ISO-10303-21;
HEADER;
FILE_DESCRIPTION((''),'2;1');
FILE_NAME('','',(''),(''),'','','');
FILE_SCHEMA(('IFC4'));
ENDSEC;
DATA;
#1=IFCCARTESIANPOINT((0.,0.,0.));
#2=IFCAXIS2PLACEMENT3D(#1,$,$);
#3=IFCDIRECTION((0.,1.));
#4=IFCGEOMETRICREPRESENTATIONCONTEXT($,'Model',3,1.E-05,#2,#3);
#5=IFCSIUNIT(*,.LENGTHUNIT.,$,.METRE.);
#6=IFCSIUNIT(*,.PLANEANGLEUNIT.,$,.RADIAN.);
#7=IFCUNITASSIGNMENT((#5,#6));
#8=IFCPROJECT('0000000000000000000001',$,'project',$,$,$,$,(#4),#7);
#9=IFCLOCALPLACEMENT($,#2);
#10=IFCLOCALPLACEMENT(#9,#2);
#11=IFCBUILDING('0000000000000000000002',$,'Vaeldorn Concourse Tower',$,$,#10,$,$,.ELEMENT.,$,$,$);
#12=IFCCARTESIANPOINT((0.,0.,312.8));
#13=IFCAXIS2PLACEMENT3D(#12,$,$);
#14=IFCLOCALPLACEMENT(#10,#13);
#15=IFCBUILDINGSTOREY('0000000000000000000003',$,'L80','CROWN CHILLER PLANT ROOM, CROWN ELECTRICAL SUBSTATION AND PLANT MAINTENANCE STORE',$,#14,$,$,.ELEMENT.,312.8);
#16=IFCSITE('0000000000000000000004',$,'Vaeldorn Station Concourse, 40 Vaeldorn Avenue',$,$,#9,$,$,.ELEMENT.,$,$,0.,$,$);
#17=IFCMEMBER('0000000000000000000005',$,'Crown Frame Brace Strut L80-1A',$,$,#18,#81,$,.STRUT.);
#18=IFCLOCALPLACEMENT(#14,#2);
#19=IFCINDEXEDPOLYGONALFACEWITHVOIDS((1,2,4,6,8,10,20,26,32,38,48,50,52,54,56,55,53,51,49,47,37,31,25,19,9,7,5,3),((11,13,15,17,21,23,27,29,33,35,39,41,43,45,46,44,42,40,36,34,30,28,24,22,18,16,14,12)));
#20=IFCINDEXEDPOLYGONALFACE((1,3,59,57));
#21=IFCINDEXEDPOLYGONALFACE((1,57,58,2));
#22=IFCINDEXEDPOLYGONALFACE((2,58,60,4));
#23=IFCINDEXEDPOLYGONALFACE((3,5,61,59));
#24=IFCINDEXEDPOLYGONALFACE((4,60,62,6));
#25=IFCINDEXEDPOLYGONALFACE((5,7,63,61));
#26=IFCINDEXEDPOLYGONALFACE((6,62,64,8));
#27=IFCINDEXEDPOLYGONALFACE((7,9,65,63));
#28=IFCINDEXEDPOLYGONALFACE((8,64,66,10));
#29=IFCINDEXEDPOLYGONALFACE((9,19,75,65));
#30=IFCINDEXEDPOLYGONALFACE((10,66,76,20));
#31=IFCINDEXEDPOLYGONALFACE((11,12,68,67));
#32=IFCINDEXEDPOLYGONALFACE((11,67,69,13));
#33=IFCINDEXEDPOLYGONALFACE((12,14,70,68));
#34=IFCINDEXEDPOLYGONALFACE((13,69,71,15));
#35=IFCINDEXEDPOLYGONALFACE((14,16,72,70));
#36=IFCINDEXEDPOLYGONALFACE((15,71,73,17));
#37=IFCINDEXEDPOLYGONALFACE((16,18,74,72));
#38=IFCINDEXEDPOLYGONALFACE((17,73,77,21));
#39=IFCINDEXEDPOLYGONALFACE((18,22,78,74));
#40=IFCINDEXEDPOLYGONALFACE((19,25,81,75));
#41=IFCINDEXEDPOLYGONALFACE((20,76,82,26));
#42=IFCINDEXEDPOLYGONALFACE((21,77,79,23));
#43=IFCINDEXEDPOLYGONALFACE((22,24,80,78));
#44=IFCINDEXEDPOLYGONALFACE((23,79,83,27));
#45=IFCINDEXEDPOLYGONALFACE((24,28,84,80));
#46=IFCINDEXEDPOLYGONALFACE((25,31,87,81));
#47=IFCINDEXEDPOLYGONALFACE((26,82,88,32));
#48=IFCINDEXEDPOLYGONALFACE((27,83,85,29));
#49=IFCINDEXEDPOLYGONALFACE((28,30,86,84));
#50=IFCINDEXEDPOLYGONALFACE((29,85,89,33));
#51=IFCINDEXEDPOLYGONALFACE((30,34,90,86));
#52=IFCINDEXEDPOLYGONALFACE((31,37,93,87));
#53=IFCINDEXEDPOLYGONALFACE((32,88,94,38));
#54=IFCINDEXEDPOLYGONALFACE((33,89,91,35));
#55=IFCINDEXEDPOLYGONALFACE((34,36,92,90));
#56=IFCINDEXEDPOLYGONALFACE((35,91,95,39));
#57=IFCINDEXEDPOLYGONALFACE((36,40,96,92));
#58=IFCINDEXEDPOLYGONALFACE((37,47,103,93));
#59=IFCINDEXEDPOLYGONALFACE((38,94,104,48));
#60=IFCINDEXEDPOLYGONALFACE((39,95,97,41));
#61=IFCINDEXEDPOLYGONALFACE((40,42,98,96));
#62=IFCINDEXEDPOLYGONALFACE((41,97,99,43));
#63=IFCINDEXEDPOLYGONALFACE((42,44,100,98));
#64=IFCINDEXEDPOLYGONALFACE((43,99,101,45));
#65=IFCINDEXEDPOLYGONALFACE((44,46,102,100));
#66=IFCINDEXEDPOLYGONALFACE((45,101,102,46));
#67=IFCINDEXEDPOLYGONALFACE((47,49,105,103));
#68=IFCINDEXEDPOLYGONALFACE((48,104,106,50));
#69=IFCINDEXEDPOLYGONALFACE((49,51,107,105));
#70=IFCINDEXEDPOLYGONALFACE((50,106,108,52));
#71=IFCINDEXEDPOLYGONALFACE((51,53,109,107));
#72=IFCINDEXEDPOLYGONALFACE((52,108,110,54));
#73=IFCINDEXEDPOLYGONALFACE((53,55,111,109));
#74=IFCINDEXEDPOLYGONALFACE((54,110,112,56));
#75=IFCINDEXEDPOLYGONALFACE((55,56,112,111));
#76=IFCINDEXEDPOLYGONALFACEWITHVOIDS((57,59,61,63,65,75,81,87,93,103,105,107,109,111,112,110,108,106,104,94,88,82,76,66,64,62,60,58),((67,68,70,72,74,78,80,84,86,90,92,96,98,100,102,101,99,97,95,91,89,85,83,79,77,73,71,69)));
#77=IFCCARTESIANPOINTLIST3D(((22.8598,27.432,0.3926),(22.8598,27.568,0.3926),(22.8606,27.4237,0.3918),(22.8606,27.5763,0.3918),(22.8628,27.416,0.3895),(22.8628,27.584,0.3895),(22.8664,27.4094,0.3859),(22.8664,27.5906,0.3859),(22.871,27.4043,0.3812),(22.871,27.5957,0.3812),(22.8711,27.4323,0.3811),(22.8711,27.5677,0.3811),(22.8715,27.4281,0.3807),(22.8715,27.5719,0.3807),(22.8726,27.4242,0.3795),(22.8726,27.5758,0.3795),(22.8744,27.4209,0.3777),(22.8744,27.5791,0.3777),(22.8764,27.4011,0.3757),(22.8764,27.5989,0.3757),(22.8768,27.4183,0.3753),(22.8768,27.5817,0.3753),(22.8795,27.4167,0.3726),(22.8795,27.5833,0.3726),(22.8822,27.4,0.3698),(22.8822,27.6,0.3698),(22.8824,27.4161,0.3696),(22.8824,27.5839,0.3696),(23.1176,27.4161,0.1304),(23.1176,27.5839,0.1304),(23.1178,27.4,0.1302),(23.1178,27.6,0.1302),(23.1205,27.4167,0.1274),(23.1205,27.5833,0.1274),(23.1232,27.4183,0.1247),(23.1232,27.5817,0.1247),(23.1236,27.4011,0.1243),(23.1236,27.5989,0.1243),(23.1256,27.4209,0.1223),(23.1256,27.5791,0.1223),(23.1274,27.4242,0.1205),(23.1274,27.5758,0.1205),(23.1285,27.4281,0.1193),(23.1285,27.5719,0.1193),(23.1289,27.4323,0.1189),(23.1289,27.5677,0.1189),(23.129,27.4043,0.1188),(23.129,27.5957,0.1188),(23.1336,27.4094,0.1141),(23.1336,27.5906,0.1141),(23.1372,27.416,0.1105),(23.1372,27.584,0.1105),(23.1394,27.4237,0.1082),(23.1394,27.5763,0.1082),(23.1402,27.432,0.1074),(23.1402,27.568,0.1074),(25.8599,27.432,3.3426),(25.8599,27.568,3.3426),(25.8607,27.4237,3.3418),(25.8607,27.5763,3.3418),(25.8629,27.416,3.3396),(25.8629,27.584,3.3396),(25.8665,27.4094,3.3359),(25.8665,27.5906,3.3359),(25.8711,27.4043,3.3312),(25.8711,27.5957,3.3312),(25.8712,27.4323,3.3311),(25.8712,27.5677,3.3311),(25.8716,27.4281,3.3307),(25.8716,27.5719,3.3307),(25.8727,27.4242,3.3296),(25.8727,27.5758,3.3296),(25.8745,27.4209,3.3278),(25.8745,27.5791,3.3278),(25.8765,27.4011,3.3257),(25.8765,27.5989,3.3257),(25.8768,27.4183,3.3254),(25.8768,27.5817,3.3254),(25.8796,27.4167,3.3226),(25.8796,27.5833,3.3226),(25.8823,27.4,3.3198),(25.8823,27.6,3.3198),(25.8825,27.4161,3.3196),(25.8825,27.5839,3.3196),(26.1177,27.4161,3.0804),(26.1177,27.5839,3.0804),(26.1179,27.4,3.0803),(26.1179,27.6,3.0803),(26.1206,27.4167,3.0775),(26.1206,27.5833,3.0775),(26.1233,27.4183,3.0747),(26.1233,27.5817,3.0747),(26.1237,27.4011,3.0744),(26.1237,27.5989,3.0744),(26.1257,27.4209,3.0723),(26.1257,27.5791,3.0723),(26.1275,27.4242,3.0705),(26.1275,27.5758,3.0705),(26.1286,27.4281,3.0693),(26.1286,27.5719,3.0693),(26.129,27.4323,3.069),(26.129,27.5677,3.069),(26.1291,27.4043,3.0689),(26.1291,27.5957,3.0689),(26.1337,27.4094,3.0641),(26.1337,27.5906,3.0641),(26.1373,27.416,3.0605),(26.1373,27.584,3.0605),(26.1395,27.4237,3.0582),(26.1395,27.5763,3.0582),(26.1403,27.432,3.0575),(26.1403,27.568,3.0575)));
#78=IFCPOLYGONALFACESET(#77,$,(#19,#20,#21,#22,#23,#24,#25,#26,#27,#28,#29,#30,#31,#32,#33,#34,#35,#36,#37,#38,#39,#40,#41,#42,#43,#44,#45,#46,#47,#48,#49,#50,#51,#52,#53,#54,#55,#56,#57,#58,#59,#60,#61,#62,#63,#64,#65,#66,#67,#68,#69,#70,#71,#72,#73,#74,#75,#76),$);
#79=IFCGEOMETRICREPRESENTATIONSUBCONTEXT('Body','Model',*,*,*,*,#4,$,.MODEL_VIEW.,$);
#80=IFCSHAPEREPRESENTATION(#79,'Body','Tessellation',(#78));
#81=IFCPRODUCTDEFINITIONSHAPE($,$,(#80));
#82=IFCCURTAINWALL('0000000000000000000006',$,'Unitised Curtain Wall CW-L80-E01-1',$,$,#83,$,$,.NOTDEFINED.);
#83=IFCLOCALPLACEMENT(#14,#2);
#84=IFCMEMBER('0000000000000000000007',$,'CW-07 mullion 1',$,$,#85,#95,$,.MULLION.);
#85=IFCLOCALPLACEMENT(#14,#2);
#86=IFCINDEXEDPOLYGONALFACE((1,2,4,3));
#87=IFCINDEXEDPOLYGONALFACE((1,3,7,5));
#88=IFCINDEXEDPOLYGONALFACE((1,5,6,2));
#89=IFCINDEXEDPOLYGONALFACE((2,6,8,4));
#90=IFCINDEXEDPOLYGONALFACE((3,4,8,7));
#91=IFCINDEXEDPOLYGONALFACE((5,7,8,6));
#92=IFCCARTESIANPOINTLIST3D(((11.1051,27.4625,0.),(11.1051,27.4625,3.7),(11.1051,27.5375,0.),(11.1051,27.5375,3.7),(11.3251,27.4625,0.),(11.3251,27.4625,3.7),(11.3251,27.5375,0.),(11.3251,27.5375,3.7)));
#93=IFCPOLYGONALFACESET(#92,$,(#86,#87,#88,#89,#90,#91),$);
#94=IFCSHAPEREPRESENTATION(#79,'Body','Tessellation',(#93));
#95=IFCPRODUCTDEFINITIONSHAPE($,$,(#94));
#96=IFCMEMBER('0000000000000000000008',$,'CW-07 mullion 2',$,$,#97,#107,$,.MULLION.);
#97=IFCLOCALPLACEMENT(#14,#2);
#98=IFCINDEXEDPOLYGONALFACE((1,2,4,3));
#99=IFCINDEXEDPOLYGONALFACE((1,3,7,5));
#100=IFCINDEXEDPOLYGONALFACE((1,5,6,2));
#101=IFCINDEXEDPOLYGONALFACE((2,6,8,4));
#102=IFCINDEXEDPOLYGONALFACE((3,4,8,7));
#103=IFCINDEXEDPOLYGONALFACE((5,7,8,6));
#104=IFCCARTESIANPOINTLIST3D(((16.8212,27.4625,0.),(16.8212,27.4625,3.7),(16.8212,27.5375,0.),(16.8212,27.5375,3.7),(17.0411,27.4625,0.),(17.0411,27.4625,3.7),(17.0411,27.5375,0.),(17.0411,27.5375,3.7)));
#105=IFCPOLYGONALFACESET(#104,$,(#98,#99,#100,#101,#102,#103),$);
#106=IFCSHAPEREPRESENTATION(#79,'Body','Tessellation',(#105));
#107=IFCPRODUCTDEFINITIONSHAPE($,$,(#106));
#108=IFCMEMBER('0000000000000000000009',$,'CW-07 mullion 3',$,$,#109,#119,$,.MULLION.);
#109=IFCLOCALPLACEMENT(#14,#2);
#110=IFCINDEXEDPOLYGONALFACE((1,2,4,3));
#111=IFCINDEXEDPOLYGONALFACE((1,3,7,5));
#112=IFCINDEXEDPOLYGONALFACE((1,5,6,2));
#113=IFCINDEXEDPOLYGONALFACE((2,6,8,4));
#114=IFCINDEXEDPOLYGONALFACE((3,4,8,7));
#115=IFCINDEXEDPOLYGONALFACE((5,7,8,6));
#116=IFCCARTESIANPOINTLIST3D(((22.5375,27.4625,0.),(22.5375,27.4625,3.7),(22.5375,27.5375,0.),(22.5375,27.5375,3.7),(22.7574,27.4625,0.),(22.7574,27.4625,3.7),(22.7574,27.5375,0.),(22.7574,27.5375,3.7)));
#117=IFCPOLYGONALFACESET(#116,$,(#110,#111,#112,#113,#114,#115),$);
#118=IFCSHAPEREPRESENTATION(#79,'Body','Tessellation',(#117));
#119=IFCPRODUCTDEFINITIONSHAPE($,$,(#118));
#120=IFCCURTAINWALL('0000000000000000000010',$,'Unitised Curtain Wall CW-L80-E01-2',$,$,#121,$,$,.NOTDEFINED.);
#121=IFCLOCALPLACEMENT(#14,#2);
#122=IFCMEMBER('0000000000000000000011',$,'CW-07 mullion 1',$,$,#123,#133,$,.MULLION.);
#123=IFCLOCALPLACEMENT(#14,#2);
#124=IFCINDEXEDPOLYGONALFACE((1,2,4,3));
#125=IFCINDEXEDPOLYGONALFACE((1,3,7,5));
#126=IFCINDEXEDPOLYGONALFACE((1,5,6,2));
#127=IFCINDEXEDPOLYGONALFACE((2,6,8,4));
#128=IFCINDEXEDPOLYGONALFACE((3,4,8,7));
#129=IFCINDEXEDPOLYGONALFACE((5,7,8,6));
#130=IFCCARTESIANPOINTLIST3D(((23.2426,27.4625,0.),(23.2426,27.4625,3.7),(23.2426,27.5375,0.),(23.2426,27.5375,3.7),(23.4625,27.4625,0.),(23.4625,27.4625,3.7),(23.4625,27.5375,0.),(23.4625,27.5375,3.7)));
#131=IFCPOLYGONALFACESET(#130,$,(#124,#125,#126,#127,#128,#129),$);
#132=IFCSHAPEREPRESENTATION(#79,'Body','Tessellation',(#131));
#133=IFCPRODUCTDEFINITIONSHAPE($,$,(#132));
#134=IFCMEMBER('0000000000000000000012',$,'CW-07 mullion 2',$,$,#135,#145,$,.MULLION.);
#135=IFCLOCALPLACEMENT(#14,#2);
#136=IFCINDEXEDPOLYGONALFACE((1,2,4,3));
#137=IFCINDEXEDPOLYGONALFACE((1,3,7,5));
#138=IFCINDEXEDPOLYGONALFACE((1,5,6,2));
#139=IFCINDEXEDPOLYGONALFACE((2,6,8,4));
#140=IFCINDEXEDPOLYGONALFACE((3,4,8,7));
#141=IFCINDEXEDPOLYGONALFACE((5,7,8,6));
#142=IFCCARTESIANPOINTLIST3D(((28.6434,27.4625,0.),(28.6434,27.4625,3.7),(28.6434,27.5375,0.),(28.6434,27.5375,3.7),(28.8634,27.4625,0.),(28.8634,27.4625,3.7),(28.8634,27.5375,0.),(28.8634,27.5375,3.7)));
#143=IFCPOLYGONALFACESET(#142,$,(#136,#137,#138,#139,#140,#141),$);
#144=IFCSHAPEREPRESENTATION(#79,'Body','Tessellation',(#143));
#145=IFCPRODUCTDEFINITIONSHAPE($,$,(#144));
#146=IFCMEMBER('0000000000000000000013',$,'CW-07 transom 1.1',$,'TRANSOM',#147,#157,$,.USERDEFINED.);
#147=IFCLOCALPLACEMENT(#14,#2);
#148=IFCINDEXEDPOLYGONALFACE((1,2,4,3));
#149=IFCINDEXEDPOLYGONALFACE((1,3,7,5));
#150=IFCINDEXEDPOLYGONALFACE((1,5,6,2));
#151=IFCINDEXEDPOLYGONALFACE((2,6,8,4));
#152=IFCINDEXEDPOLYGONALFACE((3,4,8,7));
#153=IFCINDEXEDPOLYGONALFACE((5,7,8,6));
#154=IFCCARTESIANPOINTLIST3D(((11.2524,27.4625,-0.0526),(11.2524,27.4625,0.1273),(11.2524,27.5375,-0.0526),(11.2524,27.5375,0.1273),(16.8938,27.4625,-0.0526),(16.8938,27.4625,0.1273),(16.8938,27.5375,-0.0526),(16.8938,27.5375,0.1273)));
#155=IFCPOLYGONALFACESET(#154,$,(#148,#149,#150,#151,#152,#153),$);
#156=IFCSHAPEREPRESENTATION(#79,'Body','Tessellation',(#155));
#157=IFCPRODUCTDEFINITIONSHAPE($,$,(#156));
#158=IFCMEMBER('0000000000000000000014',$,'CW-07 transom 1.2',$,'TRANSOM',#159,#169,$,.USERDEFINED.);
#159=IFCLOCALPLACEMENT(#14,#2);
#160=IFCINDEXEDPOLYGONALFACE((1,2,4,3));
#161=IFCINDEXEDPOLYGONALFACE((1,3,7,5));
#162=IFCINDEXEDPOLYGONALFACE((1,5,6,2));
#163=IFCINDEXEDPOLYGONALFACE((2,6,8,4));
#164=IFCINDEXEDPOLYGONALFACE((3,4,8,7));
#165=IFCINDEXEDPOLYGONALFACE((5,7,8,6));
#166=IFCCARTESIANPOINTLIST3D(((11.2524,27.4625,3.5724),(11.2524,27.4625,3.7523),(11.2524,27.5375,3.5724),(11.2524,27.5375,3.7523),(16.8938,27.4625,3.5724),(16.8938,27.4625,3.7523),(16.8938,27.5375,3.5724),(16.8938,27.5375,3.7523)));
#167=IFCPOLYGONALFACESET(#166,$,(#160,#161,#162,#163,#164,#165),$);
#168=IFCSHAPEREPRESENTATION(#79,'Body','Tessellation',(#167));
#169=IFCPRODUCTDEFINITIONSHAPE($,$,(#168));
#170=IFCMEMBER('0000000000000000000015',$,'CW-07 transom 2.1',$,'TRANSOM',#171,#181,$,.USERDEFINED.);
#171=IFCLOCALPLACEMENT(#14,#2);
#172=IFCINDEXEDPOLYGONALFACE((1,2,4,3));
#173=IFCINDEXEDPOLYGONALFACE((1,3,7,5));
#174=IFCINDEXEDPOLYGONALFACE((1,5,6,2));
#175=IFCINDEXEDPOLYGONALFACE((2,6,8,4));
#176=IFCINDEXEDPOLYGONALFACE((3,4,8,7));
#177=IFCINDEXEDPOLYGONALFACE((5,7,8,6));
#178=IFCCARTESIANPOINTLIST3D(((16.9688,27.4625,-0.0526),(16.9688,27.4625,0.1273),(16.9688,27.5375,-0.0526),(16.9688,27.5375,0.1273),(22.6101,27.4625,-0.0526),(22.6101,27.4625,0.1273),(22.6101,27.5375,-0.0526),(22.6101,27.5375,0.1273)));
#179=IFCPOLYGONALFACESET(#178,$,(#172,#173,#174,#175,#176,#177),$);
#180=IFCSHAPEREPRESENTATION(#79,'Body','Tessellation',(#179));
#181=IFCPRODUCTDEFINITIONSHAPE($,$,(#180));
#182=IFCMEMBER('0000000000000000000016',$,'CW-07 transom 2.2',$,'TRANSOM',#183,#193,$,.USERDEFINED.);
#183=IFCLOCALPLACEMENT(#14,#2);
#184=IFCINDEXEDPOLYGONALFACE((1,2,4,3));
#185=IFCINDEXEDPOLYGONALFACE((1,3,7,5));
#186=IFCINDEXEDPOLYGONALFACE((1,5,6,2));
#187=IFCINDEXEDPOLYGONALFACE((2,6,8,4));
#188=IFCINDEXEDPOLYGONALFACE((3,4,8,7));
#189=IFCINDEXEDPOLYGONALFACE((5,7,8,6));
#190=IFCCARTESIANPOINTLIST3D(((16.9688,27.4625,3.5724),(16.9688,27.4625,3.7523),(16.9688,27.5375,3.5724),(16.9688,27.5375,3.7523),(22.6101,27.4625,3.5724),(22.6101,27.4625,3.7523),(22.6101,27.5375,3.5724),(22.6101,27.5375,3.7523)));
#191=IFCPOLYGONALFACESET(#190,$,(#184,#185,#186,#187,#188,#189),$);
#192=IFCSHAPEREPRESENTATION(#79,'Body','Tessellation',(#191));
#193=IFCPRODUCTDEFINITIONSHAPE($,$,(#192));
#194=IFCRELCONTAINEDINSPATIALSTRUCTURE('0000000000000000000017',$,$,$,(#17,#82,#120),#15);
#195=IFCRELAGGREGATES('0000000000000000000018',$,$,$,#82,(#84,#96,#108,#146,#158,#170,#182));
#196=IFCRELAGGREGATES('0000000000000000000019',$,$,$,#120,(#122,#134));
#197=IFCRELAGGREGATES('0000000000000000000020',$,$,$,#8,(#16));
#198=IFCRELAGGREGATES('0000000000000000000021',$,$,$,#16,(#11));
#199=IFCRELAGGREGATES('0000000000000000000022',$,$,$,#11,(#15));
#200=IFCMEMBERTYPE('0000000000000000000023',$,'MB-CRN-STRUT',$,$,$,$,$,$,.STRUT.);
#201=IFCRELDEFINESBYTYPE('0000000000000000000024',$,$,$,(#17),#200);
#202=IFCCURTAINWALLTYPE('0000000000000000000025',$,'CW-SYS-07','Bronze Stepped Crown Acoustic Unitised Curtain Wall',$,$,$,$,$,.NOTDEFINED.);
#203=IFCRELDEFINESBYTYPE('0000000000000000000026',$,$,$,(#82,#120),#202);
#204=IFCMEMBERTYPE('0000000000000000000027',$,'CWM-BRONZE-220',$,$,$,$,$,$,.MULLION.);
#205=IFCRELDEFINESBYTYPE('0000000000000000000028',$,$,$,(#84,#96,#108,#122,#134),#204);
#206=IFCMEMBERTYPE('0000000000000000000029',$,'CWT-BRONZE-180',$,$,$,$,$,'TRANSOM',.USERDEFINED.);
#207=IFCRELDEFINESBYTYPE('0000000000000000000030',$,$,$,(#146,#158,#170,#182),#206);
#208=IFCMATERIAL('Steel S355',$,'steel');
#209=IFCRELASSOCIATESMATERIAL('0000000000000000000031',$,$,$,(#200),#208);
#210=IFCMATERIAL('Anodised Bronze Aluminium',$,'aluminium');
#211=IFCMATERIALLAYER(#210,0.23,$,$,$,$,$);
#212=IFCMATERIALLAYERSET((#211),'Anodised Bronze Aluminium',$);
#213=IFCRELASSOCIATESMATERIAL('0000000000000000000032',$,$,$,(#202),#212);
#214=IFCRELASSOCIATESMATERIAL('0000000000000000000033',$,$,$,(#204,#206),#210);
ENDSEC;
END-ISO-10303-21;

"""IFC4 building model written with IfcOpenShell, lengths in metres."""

from ifc_helpers import new_model, si_unit, direction, frame, origin, origin_2d, place, context, subcontext, project, spatial, rectangle, hollow_rectangle, extrude, source, transform, mapped, material, layer, layer_set, material_profile, profile_set, type_object, element, aggregate, save


model = new_model("IFC4")

# Units and contexts
model_context = context("Model", 3, precision=1e-05, world=origin(), true_north=direction((0.0, 1.0)))
body_context = subcontext(model_context, "Body", "Model", "MODEL_VIEW")
ifc_project = project(units=[si_unit("LENGTHUNIT", "METRE"), si_unit("PLANEANGLEUNIT", "RADIAN")], contexts=[model_context])

# Site, building, storey
site_placement = place(None, origin())
site = spatial("IfcSite", under=ifc_project, at=site_placement, Name="Vaeldorn Station Concourse, 40 Vaeldorn Avenue", CompositionType="ELEMENT", RefElevation=0.0)
building_placement = place(site_placement, origin())
building = spatial("IfcBuilding", under=site, at=building_placement, Name="Vaeldorn Concourse Tower", CompositionType="ELEMENT")
storey_placement = place(building_placement, frame((0.0, 0.0, 312.8)))
storey = spatial("IfcBuildingStorey", under=building, at=storey_placement, Name="L80", Description="CROWN CHILLER PLANT ROOM, CROWN ELECTRICAL SUBSTATION AND PLANT MAINTENANCE STORE", CompositionType="ELEMENT", Elevation=312.8)

# Shared definitions
ifc_material_1 = material(Name="Steel S355", Category="steel")

# Member
ifc_material_profile_1 = material_profile(ifc_material_1, hollow_rectangle(XDim=0.2, YDim=0.3999, WallThickness=0.0161, InnerFilletRadius=0.0161, OuterFilletRadius=0.032, at=origin_2d()), Name="RHS 400x200x16")
ifc_profile_set_1 = profile_set([ifc_material_profile_1], Name="Steel S355")
member_type_1 = type_object("IfcMemberType", Name="MB-CRN-STRUT", PredefinedType="STRUT", material=ifc_profile_set_1)
shared_shape_1 = source(origin(), body_context, "Body", "SweptSolid", [
    extrude(hollow_rectangle(XDim=0.2, YDim=0.3999, WallThickness=0.0161, InnerFilletRadius=0.0161, OuterFilletRadius=0.032, at=origin_2d()), origin(), (0.0, 0.0, 1.0), 4.2075),
])
member_1_placement = place(storey_placement, frame((23.0, 27.5, 0.25), z_axis=(0.713029, 0.0, 0.701134), x_axis=(0.0, 1.0, 0.0)))
element("IfcMember", 1, at=member_1_placement, inside=storey, type_object=member_type_1, Name="Crown Frame Brace Strut L80-1A", PredefinedType="STRUT", context=body_context, shape_type="MappedRepresentation", body=[
    mapped(shared_shape_1, transform((0.0, 0.0, 0.0), scale=1.0)),
])

# Curtain walls, members
ifc_material_2 = material(Name="Anodised Bronze Aluminium", Category="aluminium")
ifc_layer_1 = layer(ifc_material_2, 0.23)
ifc_layer_set_1 = layer_set([ifc_layer_1], Name="Anodised Bronze Aluminium")
curtain_wall_type = type_object("IfcCurtainWallType", Name="CW-SYS-07", Description="Bronze Stepped Crown Acoustic Unitised Curtain Wall", PredefinedType="NOTDEFINED", material=ifc_layer_set_1)
curtain_wall_1_placement = place(storey_placement, origin())
curtain_wall_1 = element("IfcCurtainWall", 2, at=curtain_wall_1_placement, inside=storey, type_object=curtain_wall_type, Name="Unitised Curtain Wall CW-L80-E01-1", PredefinedType="NOTDEFINED")
ifc_material_profile_2 = material_profile(ifc_material_2, rectangle(XDim=0.075, YDim=0.22, at=origin_2d()), Name="CWM 75x220")
ifc_profile_set_2 = profile_set([ifc_material_profile_2], Name="Anodised Bronze Aluminium")
member_type_2 = type_object("IfcMemberType", Name="CWM-BRONZE-220", PredefinedType="MULLION", material=ifc_profile_set_2)
shared_shape_2 = source(origin(), body_context, "Body", "SweptSolid", [
    extrude(rectangle(XDim=0.075, YDim=0.22, at=origin_2d()), origin(), (0.0, 0.0, 1.0), 3.7),
])
member_2_placement = place(storey_placement, frame((11.2151, 27.5, 0.0), z_axis=(0.0, 0.0, 1.0), x_axis=(0.0, 1.0, 0.0)))
member_2 = element("IfcMember", 3, at=member_2_placement, type_object=member_type_2, Name="CW-07 mullion 1", PredefinedType="MULLION", context=body_context, shape_type="MappedRepresentation", body=[
    mapped(shared_shape_2, transform((0.0, 0.0, 0.0), scale=1.0)),
])
member_3_placement = place(storey_placement, frame((16.9312, 27.5, 0.0), z_axis=(0.0, 0.0, 1.0), x_axis=(0.0, 1.0, 0.0)))
member_3 = element("IfcMember", 4, at=member_3_placement, type_object=member_type_2, Name="CW-07 mullion 2", PredefinedType="MULLION", context=body_context, shape_type="MappedRepresentation", body=[
    mapped(shared_shape_2, transform((0.0, 0.0, 0.0), scale=1.0)),
])
member_4_placement = place(storey_placement, frame((22.6475, 27.5, 0.0), z_axis=(0.0, 0.0, 1.0), x_axis=(0.0, 1.0, 0.0)))
member_4 = element("IfcMember", 5, at=member_4_placement, type_object=member_type_2, Name="CW-07 mullion 3", PredefinedType="MULLION", context=body_context, shape_type="MappedRepresentation", body=[
    mapped(shared_shape_2, transform((0.0, 0.0, 0.0), scale=1.0)),
])
curtain_wall_2_placement = place(storey_placement, origin())
curtain_wall_2 = element("IfcCurtainWall", 6, at=curtain_wall_2_placement, inside=storey, type_object=curtain_wall_type, Name="Unitised Curtain Wall CW-L80-E01-2", PredefinedType="NOTDEFINED")
member_5_placement = place(storey_placement, frame((23.3525, 27.5, 0.0), z_axis=(0.0, 0.0, 1.0), x_axis=(0.0, 1.0, 0.0)))
member_5 = element("IfcMember", 7, at=member_5_placement, type_object=member_type_2, Name="CW-07 mullion 1", PredefinedType="MULLION", context=body_context, shape_type="MappedRepresentation", body=[
    mapped(shared_shape_2, transform((0.0, 0.0, 0.0), scale=1.0)),
])
member_6_placement = place(storey_placement, frame((28.7534, 27.5, 0.0), z_axis=(0.0, 0.0, 1.0), x_axis=(0.0, 1.0, 0.0)))
member_6 = element("IfcMember", 8, at=member_6_placement, type_object=member_type_2, Name="CW-07 mullion 2", PredefinedType="MULLION", context=body_context, shape_type="MappedRepresentation", body=[
    mapped(shared_shape_2, transform((0.0, 0.0, 0.0), scale=1.0)),
])

# Members
ifc_material_profile_3 = material_profile(ifc_material_2, rectangle(XDim=0.075, YDim=0.1799, at=origin_2d()), Name="CWT 75x180")
ifc_profile_set_3 = profile_set([ifc_material_profile_3], Name="Anodised Bronze Aluminium")
member_type_3 = type_object("IfcMemberType", Name="CWT-BRONZE-180", ElementType="TRANSOM", PredefinedType="USERDEFINED", material=ifc_profile_set_3)
shared_shape_3 = source(origin(), body_context, "Body", "SweptSolid", [
    extrude(rectangle(XDim=0.075, YDim=0.1799, at=origin_2d()), origin(), (0.0, 0.0, 1.0), 5.6414),
])
member_7_placement = place(storey_placement, frame((11.2524, 27.5, 0.0374), z_axis=(1.0, 0.0, 0.0), x_axis=(0.0, 1.0, 0.0)))
member_7 = element("IfcMember", 9, at=member_7_placement, type_object=member_type_3, Name="CW-07 transom 1.1", ObjectType="TRANSOM", PredefinedType="USERDEFINED", context=body_context, shape_type="MappedRepresentation", body=[
    mapped(shared_shape_3, transform((0.0, 0.0, 0.0), scale=1.0)),
])
member_8_placement = place(storey_placement, frame((11.2524, 27.5, 3.6624), z_axis=(1.0, 0.0, 0.0), x_axis=(0.0, 1.0, 0.0)))
member_8 = element("IfcMember", 10, at=member_8_placement, type_object=member_type_3, Name="CW-07 transom 1.2", ObjectType="TRANSOM", PredefinedType="USERDEFINED", context=body_context, shape_type="MappedRepresentation", body=[
    mapped(shared_shape_3, transform((0.0, 0.0, 0.0), scale=1.0)),
])
member_9_placement = place(storey_placement, frame((16.9688, 27.5, 0.0374), z_axis=(1.0, 0.0, 0.0), x_axis=(0.0, 1.0, 0.0)))
member_9 = element("IfcMember", 11, at=member_9_placement, type_object=member_type_3, Name="CW-07 transom 2.1", ObjectType="TRANSOM", PredefinedType="USERDEFINED", context=body_context, shape_type="MappedRepresentation", body=[
    mapped(shared_shape_3, transform((0.0, 0.0, 0.0), scale=1.0)),
])
member_10_placement = place(storey_placement, frame((16.9688, 27.5, 3.6624), z_axis=(1.0, 0.0, 0.0), x_axis=(0.0, 1.0, 0.0)))
member_10 = element("IfcMember", 12, at=member_10_placement, type_object=member_type_3, Name="CW-07 transom 2.2", ObjectType="TRANSOM", PredefinedType="USERDEFINED", context=body_context, shape_type="MappedRepresentation", body=[
    mapped(shared_shape_3, transform((0.0, 0.0, 0.0), scale=1.0)),
])

aggregate(curtain_wall_1, [member_2, member_3, member_4, member_7, member_8, member_9, member_10])
aggregate(curtain_wall_2, [member_5, member_6])

save(model, "model.ifc")
